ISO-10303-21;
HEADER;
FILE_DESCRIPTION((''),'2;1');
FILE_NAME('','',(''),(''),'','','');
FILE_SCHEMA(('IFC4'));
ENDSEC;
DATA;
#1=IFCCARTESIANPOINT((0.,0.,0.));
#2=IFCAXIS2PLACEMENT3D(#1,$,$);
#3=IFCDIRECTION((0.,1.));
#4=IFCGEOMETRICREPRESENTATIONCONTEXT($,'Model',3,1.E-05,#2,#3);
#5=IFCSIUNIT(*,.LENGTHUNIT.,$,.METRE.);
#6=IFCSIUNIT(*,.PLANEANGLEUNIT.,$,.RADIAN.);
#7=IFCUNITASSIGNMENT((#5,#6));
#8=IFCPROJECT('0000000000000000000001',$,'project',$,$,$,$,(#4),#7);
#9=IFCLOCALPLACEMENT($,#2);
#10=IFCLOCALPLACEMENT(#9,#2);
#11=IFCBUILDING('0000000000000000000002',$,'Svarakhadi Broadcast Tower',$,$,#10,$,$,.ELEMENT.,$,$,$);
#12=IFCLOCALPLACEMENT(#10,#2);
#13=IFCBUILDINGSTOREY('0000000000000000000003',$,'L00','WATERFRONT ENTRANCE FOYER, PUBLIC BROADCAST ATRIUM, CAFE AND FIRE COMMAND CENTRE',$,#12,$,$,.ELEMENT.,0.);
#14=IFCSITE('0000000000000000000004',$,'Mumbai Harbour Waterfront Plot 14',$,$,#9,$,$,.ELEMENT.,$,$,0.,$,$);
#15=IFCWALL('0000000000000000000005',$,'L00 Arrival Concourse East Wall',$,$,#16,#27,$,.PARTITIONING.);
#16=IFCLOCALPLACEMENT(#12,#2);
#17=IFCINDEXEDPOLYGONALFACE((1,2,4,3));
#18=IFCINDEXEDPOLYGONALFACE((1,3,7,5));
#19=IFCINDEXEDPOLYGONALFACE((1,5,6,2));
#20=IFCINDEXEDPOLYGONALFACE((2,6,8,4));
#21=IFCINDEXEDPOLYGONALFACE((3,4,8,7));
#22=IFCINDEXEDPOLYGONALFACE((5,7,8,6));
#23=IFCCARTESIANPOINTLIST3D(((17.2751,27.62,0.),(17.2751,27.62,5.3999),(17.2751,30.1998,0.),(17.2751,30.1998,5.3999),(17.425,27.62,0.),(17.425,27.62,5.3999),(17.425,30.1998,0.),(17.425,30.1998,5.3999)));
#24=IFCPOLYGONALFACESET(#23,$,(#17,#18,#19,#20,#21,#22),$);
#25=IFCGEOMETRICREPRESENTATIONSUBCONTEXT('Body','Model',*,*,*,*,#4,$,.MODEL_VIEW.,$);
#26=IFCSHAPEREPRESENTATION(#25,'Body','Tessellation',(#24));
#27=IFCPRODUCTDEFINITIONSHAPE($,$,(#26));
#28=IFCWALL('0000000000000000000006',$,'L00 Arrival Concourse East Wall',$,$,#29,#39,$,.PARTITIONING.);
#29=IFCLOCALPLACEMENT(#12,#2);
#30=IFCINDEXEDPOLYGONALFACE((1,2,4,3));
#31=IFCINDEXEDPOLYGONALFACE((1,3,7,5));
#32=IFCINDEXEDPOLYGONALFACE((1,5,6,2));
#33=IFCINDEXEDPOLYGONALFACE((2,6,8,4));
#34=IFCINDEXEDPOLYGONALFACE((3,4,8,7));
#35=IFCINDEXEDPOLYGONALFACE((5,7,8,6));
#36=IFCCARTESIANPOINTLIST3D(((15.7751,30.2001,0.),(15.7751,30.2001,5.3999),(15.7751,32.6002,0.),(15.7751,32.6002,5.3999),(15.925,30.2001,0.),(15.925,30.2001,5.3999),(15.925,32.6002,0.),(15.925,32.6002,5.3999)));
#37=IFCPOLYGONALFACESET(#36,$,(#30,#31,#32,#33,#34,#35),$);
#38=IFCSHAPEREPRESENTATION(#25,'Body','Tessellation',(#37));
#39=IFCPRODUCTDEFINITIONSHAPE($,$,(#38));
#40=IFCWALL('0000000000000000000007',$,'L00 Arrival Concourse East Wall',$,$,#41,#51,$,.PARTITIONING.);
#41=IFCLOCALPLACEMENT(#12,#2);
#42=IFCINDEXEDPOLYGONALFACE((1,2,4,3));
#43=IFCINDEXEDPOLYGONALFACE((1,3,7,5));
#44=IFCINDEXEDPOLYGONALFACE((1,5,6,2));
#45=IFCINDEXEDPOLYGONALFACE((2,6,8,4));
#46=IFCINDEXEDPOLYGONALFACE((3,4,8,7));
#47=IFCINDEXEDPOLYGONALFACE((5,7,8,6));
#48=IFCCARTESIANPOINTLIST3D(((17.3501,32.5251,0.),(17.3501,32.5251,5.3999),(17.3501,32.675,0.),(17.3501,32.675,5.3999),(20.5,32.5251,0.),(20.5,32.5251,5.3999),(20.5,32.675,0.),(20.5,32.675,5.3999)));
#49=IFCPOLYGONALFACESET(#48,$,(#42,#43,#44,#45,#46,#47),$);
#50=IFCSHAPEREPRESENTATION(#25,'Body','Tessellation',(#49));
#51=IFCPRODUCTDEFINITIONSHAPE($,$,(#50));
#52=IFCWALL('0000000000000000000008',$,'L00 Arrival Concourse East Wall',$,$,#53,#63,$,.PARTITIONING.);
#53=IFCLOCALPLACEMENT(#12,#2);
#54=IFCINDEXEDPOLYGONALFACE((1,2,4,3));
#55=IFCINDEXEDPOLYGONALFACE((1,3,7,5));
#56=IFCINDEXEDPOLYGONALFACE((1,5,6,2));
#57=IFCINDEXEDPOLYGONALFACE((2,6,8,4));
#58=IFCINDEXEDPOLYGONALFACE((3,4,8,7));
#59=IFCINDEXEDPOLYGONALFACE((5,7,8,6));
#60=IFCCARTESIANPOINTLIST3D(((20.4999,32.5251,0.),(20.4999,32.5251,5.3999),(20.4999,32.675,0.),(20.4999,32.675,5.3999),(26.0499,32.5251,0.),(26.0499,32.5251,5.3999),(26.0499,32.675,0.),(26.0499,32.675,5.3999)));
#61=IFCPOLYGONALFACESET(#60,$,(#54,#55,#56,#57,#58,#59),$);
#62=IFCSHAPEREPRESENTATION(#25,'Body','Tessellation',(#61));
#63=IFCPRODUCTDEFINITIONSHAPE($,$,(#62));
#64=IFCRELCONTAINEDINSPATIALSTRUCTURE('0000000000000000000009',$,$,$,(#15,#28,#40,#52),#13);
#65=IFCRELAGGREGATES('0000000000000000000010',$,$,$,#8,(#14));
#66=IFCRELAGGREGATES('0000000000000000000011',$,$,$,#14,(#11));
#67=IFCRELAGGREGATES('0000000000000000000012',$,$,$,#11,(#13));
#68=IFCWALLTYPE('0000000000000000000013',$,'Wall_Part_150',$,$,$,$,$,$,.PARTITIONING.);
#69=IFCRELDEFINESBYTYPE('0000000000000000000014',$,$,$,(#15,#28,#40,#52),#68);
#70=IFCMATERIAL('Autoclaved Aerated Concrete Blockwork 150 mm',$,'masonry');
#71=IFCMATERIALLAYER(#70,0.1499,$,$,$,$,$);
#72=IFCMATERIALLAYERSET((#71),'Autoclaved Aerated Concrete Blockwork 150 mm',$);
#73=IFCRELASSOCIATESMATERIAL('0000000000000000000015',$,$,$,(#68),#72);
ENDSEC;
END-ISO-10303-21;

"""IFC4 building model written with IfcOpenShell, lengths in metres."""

from ifc_helpers import new_model, si_unit, direction, frame, frame_2d, origin, place, context, subcontext, project, spatial, rectangle, extrude, material, layer, layer_set, type_object, element, save


model = new_model("IFC4")

# Units and contexts
model_context = context("Model", 3, precision=1e-05, world=origin(), true_north=direction((0.0, 1.0)))
body_context = subcontext(model_context, "Body", "Model", "MODEL_VIEW")
ifc_project = project(units=[si_unit("LENGTHUNIT", "METRE"), si_unit("PLANEANGLEUNIT", "RADIAN")], contexts=[model_context])

# Site, building, storey
site_placement = place(None, origin())
site = spatial("IfcSite", under=ifc_project, at=site_placement, Name="Mumbai Harbour Waterfront Plot 14", CompositionType="ELEMENT", RefElevation=0.0)
building_placement = place(site_placement, origin())
building = spatial("IfcBuilding", under=site, at=building_placement, Name="Svarakhadi Broadcast Tower", CompositionType="ELEMENT")
storey_placement = place(building_placement, origin())
storey = spatial("IfcBuildingStorey", under=building, at=storey_placement, Name="L00", Description="WATERFRONT ENTRANCE FOYER, PUBLIC BROADCAST ATRIUM, CAFE AND FIRE COMMAND CENTRE", CompositionType="ELEMENT", Elevation=0.0)

# Walls
ifc_material_1 = material(Name="Autoclaved Aerated Concrete Blockwork 150 mm", Category="masonry")
ifc_layer_1 = layer(ifc_material_1, 0.1499)
ifc_layer_set_1 = layer_set([ifc_layer_1], Name="Autoclaved Aerated Concrete Blockwork 150 mm")
wall_type_1 = type_object("IfcWallType", Name="Wall_Part_150", PredefinedType="PARTITIONING", material=ifc_layer_set_1)
wall_1_placement = place(storey_placement, frame((17.3501, 30.2, 0.0), z_axis=(0.0, 0.0, 1.0), x_axis=(0.0, -1.0, 0.0)))
element("IfcWall", 1, at=wall_1_placement, inside=storey, type_object=wall_type_1, Name="L00 Arrival Concourse East Wall", PredefinedType="PARTITIONING", context=body_context, shape_type="SweptSolid", body=[
    extrude(rectangle(XDim=2.5798, YDim=0.1499, at=frame_2d((1.29, 0.0))), origin(), (0.0, 0.0, 1.0), 5.3999),
])
wall_2_placement = place(storey_placement, frame((15.8501, 30.2, 0.0), z_axis=(0.0, 0.0, 1.0), x_axis=(0.0, 1.0, 0.0)))
element("IfcWall", 2, at=wall_2_placement, inside=storey, type_object=wall_type_1, Name="L00 Arrival Concourse East Wall", PredefinedType="PARTITIONING", context=body_context, shape_type="SweptSolid", body=[
    extrude(rectangle(XDim=2.4001, YDim=0.1499, at=frame_2d((1.2002, 0.0))), origin(), (0.0, 0.0, 1.0), 5.3999),
])

# Walls
wall_3_placement = place(storey_placement, frame((17.3501, 32.6001, 0.0), z_axis=(0.0, 0.0, 1.0), x_axis=(1.0, 0.0, 0.0)))
element("IfcWall", 3, at=wall_3_placement, inside=storey, type_object=wall_type_1, Name="L00 Arrival Concourse East Wall", PredefinedType="PARTITIONING", context=body_context, shape_type="SweptSolid", body=[
    extrude(rectangle(XDim=3.1499, YDim=0.1499, at=frame_2d((1.575, 0.0))), origin(), (0.0, 0.0, 1.0), 5.3999),
])
wall_4_placement = place(storey_placement, frame((20.5, 32.6001, 0.0), z_axis=(0.0, 0.0, 1.0), x_axis=(1.0, 0.0, 0.0)))
element("IfcWall", 4, at=wall_4_placement, inside=storey, type_object=wall_type_1, Name="L00 Arrival Concourse East Wall", PredefinedType="PARTITIONING", context=body_context, shape_type="SweptSolid", body=[
    extrude(rectangle(XDim=5.55, YDim=0.1499, at=frame_2d((2.7749, 0.0))), origin(), (0.0, 0.0, 1.0), 5.3999),
])

save(model, "model.ifc")
